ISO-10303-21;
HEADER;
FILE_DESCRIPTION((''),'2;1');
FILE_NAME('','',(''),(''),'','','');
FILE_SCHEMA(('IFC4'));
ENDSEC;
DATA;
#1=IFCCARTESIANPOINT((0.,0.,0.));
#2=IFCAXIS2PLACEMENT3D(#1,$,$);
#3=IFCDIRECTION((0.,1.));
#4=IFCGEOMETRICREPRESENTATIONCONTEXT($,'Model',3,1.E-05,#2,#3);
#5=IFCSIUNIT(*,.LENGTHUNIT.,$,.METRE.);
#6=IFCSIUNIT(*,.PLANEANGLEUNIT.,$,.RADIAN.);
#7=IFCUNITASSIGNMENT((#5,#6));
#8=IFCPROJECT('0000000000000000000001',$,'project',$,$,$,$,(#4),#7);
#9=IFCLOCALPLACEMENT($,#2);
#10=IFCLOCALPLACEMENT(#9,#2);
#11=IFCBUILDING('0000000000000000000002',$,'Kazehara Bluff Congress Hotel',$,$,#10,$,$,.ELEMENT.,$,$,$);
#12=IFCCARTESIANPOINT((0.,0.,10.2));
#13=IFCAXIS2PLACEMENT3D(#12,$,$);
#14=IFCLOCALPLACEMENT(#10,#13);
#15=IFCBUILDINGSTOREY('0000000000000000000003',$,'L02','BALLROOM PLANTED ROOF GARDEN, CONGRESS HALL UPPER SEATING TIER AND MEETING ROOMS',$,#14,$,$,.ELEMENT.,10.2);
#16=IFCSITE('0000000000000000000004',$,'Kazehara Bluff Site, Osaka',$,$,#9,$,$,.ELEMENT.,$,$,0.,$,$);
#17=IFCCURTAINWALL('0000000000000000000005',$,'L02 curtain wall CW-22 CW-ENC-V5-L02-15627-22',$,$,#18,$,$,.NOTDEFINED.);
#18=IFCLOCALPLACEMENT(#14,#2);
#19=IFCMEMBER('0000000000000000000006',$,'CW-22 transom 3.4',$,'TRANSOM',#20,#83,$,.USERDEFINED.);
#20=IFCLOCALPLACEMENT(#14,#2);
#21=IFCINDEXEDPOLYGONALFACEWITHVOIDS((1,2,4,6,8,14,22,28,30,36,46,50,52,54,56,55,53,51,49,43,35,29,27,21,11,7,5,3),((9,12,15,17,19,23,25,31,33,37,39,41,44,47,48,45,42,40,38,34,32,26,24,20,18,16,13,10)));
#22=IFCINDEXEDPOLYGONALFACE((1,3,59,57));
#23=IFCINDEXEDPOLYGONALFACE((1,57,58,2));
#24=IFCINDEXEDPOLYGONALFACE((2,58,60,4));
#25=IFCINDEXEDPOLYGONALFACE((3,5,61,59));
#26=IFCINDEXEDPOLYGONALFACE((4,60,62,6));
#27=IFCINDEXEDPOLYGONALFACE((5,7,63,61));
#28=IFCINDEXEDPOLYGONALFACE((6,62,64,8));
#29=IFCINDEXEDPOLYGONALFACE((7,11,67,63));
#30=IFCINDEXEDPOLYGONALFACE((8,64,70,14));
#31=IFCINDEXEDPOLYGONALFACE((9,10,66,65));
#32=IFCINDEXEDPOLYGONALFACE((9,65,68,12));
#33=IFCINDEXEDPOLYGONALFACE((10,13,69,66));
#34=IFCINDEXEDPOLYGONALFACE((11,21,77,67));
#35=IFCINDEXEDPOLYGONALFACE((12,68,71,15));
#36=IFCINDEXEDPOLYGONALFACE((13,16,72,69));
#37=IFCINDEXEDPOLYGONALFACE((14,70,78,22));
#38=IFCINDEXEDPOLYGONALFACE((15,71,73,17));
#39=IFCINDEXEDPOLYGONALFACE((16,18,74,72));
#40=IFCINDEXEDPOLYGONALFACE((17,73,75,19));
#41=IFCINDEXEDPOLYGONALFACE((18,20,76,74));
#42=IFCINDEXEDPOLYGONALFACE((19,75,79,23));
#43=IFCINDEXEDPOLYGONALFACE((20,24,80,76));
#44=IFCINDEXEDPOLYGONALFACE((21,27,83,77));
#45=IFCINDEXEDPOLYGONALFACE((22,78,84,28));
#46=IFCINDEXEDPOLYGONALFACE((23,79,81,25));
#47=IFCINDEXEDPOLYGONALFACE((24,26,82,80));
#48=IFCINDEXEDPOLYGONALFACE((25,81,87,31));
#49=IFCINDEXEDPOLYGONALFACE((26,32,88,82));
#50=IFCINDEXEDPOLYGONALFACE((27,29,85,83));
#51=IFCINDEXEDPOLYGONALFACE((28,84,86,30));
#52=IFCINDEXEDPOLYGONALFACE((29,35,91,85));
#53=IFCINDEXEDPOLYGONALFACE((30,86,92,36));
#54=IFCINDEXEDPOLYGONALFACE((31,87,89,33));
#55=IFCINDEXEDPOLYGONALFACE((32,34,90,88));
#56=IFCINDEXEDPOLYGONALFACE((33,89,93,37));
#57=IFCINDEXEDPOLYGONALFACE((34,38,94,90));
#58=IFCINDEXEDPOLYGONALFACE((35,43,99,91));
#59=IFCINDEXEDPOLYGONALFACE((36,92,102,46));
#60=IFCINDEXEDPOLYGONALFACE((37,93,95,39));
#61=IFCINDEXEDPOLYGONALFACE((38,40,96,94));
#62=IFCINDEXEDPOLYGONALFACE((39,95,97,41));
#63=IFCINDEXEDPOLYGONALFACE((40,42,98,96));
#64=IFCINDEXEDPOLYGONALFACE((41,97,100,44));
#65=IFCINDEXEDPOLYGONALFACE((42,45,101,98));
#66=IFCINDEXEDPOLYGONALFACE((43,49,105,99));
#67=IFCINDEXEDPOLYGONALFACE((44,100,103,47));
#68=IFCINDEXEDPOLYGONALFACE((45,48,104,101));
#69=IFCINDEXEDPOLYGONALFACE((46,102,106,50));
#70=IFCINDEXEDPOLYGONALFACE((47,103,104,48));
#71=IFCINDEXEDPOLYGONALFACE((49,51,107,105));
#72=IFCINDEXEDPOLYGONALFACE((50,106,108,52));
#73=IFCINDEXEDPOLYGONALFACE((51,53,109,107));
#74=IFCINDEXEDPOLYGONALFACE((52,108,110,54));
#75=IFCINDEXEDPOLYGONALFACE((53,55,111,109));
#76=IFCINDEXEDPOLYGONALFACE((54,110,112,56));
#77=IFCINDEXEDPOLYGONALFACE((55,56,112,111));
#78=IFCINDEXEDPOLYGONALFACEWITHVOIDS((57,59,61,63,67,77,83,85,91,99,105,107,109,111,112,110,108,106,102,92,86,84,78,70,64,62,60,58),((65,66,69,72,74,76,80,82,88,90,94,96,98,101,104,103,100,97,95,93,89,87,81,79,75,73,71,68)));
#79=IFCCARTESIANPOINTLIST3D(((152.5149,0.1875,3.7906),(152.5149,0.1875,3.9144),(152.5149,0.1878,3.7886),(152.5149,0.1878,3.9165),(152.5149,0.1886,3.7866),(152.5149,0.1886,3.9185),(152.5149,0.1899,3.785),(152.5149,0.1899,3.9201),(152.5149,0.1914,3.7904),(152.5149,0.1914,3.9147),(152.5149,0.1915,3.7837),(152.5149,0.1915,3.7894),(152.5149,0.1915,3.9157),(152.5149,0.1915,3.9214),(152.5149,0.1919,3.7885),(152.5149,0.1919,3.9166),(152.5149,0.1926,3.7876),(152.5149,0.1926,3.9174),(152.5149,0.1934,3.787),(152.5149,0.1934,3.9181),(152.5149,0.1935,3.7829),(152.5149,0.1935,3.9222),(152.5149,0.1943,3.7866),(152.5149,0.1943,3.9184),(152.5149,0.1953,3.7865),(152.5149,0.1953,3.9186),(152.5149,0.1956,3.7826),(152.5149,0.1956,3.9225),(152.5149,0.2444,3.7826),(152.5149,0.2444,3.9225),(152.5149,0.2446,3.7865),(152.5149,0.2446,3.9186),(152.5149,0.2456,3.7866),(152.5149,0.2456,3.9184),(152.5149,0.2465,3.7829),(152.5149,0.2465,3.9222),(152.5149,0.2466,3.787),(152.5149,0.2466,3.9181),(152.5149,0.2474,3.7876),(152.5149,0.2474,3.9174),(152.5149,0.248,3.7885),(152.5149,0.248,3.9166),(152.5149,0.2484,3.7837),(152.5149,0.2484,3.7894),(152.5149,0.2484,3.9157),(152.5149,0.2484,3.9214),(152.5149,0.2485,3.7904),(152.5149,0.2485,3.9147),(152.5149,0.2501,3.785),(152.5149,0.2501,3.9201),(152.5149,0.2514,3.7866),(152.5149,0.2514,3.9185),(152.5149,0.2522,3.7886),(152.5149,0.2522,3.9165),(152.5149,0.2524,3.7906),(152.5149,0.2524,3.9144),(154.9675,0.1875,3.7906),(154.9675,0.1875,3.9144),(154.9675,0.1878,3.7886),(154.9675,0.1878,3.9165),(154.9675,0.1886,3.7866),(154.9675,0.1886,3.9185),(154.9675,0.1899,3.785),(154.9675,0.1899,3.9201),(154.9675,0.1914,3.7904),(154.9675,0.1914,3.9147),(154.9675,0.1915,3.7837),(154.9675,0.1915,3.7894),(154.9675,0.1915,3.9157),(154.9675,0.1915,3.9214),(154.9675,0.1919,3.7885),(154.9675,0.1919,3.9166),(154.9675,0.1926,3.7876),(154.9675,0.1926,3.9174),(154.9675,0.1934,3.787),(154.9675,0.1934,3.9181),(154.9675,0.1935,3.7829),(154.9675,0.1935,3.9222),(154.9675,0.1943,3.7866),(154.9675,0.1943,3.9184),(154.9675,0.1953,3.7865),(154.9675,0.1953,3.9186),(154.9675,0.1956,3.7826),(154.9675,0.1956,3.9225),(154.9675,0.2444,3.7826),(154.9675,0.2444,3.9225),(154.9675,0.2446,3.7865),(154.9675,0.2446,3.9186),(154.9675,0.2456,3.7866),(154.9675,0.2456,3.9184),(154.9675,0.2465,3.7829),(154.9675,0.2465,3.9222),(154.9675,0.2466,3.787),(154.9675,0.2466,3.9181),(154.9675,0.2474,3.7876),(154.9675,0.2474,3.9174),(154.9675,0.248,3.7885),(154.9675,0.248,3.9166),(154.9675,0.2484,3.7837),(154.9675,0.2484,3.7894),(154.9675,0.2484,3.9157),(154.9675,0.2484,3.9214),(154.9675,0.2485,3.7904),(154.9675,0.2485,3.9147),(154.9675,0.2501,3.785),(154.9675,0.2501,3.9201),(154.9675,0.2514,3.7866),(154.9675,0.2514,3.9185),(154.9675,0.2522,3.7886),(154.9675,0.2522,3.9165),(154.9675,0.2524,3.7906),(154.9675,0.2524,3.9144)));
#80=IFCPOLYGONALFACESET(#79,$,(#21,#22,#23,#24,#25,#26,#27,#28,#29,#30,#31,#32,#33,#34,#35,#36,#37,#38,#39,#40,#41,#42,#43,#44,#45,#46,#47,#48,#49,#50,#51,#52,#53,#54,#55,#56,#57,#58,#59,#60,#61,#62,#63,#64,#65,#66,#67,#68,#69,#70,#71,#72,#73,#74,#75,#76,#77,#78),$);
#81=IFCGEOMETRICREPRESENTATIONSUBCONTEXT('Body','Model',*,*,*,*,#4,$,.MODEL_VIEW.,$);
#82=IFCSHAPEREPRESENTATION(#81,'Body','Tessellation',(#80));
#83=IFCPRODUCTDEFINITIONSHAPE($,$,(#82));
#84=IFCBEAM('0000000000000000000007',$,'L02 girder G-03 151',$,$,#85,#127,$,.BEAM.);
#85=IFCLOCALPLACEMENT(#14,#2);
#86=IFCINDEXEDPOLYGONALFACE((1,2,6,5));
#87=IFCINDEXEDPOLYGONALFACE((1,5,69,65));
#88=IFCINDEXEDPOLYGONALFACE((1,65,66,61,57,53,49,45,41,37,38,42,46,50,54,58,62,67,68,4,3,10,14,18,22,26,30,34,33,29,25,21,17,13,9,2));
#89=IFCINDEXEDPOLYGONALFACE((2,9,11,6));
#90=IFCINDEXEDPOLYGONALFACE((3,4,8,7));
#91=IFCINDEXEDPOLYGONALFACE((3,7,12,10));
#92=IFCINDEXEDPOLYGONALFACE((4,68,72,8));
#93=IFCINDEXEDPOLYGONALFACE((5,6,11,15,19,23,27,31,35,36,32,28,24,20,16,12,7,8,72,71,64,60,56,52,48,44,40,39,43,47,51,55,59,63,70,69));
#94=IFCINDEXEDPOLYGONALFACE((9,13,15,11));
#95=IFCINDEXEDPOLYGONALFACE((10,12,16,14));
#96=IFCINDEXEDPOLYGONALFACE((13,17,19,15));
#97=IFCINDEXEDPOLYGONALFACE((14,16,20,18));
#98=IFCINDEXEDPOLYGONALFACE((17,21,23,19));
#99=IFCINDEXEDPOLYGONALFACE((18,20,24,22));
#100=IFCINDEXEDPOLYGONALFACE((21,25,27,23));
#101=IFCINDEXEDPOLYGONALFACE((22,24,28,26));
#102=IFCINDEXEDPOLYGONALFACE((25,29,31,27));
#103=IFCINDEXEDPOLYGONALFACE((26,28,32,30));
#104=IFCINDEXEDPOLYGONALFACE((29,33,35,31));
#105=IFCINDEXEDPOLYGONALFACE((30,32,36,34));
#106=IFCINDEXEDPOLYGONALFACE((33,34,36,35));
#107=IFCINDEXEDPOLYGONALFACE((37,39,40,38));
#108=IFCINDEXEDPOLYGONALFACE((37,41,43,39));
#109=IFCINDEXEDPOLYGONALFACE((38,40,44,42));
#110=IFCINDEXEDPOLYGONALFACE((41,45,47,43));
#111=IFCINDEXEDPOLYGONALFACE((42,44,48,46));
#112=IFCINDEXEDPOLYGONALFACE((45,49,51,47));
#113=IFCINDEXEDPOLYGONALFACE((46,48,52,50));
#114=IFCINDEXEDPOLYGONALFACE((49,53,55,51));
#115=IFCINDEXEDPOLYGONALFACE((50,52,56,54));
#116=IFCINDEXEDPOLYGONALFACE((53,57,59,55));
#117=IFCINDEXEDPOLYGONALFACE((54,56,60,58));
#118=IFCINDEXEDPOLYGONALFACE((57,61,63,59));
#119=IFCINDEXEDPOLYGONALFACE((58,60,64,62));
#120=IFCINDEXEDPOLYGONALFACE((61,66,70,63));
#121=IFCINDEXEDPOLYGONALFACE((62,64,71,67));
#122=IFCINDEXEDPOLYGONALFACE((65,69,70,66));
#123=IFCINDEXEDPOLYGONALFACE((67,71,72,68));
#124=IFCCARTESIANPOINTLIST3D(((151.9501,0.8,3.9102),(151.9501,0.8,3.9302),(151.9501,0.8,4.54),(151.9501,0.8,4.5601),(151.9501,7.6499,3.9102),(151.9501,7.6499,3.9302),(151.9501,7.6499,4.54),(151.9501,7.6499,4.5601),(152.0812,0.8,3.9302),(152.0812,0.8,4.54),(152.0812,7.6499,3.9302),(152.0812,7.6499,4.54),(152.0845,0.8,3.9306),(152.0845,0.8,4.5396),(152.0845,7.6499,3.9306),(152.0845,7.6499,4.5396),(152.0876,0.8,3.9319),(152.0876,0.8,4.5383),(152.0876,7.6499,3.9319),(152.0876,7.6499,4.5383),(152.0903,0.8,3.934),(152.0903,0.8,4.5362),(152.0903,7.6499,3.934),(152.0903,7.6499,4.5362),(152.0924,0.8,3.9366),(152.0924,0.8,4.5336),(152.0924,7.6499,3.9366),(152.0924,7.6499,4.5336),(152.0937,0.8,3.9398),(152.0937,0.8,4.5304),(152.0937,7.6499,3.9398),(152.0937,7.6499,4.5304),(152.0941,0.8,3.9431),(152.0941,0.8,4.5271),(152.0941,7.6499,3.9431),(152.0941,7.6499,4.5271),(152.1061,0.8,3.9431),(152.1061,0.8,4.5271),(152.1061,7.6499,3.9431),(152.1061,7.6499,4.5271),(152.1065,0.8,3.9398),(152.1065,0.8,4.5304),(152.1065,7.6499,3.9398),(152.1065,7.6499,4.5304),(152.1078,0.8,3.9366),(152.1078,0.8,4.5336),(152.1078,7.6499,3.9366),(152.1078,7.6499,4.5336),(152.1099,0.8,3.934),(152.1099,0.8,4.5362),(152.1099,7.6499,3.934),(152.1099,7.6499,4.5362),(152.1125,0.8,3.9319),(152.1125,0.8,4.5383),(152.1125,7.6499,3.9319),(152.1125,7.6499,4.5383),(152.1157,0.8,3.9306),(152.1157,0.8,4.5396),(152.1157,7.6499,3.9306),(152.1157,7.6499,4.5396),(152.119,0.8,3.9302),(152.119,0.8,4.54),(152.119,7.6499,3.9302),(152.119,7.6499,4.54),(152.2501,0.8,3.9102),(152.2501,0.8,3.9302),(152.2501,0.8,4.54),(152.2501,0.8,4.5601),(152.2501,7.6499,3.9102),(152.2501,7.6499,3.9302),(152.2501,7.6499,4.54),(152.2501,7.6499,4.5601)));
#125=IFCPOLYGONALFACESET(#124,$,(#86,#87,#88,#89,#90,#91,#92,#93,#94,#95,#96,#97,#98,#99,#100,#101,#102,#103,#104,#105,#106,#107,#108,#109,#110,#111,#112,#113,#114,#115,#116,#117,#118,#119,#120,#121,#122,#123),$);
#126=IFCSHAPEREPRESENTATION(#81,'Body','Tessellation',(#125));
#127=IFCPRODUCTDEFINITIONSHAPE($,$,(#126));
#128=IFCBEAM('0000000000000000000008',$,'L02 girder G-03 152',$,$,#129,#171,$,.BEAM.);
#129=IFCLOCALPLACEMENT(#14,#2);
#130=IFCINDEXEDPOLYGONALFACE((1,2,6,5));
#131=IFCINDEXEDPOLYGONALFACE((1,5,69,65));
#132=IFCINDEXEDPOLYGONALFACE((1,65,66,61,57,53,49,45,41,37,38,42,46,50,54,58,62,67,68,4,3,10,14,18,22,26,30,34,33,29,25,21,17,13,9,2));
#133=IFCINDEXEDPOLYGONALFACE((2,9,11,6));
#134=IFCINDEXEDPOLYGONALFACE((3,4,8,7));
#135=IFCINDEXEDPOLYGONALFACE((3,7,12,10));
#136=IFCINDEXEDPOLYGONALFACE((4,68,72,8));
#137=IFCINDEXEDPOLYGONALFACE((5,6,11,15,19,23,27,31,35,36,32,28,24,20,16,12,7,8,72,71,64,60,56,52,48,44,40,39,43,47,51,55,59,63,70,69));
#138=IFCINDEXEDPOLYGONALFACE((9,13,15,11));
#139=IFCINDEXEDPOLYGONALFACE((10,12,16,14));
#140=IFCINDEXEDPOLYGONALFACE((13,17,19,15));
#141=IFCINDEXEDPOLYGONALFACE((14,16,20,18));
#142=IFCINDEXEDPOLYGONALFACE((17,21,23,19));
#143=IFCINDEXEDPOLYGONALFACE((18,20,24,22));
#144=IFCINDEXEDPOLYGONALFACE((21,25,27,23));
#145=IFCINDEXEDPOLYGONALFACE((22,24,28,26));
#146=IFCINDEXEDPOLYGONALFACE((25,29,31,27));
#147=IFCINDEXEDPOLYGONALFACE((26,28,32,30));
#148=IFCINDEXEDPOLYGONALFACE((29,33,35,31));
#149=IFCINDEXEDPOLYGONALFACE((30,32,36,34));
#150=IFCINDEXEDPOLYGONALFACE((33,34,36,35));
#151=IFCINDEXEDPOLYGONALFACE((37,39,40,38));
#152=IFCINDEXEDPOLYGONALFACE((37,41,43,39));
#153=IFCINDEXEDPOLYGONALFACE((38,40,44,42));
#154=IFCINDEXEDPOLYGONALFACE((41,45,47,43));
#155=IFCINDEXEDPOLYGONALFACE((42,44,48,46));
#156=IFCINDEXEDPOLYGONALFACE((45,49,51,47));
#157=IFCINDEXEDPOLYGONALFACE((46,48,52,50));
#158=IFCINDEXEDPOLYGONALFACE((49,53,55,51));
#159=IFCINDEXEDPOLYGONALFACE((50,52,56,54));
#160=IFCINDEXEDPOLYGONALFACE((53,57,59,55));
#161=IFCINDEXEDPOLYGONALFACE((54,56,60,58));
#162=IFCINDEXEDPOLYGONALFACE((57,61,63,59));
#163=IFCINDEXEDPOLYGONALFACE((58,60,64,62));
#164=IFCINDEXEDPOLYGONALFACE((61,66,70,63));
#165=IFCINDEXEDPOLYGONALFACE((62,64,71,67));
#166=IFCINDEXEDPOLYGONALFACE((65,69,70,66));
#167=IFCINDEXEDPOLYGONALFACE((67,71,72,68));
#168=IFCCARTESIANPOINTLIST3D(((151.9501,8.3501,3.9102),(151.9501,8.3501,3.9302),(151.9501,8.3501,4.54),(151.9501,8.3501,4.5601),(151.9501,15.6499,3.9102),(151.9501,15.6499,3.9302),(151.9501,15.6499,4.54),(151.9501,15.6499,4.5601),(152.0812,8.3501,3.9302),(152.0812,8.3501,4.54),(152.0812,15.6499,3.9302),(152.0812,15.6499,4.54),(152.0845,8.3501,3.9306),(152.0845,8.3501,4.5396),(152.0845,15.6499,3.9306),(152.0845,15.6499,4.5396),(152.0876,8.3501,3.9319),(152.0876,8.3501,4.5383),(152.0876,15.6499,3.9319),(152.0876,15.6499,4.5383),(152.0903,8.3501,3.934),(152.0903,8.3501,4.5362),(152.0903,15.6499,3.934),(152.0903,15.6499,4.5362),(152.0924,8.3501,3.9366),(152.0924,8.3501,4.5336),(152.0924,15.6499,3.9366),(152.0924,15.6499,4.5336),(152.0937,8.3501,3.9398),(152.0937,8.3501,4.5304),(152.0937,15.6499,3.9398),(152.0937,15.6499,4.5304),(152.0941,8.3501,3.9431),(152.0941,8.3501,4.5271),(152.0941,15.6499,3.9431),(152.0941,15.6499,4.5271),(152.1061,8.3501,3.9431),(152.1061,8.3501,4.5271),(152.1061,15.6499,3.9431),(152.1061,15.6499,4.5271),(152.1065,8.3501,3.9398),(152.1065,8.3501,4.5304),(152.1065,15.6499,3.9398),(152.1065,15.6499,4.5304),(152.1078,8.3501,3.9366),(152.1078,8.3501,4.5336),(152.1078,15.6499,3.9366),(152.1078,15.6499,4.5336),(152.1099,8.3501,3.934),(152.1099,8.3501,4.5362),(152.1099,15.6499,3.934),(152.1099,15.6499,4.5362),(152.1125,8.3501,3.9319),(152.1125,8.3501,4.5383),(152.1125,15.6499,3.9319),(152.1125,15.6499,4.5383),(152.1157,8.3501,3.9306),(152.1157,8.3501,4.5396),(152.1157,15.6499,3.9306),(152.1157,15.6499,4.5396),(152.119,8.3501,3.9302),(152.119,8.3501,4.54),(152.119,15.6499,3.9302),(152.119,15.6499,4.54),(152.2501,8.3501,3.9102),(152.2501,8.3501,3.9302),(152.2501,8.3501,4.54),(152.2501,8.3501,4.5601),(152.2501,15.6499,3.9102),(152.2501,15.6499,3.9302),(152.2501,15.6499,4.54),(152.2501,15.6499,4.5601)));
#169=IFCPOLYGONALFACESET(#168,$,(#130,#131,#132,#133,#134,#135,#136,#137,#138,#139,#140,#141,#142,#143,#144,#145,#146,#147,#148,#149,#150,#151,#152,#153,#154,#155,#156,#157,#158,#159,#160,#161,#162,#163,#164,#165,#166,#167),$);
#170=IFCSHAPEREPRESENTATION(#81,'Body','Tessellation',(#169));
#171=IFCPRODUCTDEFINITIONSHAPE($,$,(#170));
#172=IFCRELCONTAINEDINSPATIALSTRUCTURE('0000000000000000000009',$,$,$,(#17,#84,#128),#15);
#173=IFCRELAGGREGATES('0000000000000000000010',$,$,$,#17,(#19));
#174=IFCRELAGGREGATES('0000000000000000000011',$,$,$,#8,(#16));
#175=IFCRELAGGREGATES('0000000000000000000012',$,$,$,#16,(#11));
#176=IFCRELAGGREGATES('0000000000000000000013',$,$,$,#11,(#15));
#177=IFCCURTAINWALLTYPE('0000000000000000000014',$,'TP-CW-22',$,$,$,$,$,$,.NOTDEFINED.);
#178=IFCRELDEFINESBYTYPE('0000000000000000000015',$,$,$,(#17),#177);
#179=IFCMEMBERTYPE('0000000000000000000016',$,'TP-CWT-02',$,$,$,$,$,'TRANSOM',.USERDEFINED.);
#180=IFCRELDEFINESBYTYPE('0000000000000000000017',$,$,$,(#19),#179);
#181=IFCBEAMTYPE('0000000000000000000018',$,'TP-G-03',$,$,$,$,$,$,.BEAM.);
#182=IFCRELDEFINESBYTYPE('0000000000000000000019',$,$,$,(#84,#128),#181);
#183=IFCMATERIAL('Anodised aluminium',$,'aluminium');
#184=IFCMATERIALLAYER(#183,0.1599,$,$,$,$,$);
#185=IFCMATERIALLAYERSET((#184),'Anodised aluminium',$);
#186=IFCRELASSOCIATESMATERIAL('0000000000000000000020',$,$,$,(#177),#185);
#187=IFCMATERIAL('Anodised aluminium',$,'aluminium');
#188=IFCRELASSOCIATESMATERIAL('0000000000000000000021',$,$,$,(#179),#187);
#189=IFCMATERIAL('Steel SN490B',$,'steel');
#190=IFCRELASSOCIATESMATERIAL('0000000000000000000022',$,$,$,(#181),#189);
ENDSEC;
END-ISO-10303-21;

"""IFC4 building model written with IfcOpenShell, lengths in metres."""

from ifc_helpers import new_model, si_unit, direction, frame, origin, origin_2d, place, context, subcontext, project, spatial, hollow_rectangle, i_section, extrude, material, layer, layer_set, material_profile, profile_set, type_object, element, aggregate, save


model = new_model("IFC4")

# Units and contexts
model_context = context("Model", 3, precision=1e-05, world=origin(), true_north=direction((0.0, 1.0)))
body_context = subcontext(model_context, "Body", "Model", "MODEL_VIEW")
ifc_project = project(units=[si_unit("LENGTHUNIT", "METRE"), si_unit("PLANEANGLEUNIT", "RADIAN")], contexts=[model_context])

# Site, building, storey
site_placement = place(None, origin())
site = spatial("IfcSite", under=ifc_project, at=site_placement, Name="Kazehara Bluff Site, Osaka", CompositionType="ELEMENT", RefElevation=0.0)
building_placement = place(site_placement, origin())
building = spatial("IfcBuilding", under=site, at=building_placement, Name="Kazehara Bluff Congress Hotel", CompositionType="ELEMENT")
storey_placement = place(building_placement, frame((0.0, 0.0, 10.2)))
storey = spatial("IfcBuildingStorey", under=building, at=storey_placement, Name="L02", Description="BALLROOM PLANTED ROOF GARDEN, CONGRESS HALL UPPER SEATING TIER AND MEETING ROOMS", CompositionType="ELEMENT", Elevation=10.2)

# Shared definitions
ifc_material_1 = material(Name="Anodised aluminium", Category="aluminium")
ifc_layer_1 = layer(ifc_material_1, 0.1599)
ifc_layer_set_1 = layer_set([ifc_layer_1], Name="Anodised aluminium")
curtain_wall_type = type_object("IfcCurtainWallType", Name="TP-CW-22", PredefinedType="NOTDEFINED", material=ifc_layer_set_1)

# Curtain wall
curtain_wall_1_placement = place(storey_placement, origin())
curtain_wall_1 = element("IfcCurtainWall", 1, at=curtain_wall_1_placement, inside=storey, type_object=curtain_wall_type, Name="L02 curtain wall CW-22 CW-ENC-V5-L02-15627-22", PredefinedType="NOTDEFINED")

# Member
ifc_material_2 = material(Name="Anodised aluminium", Category="aluminium")
ifc_material_profile_1 = material_profile(ifc_material_2, hollow_rectangle(XDim=0.0649, YDim=0.1399, WallThickness=0.0039, InnerFilletRadius=0.0039, OuterFilletRadius=0.0081, at=origin_2d()))
ifc_profile_set_1 = profile_set([ifc_material_profile_1], Name="Anodised aluminium")
member_type_1 = type_object("IfcMemberType", Name="TP-CWT-02", ElementType="TRANSOM", PredefinedType="USERDEFINED", material=ifc_profile_set_1)
member_1_placement = place(storey_placement, frame((154.9675, 0.22, 3.8525), z_axis=(-1.0, 0.0, 0.0), x_axis=(0.0, -1.0, 0.0)))
member_1 = element("IfcMember", 2, at=member_1_placement, type_object=member_type_1, Name="CW-22 transom 3.4", ObjectType="TRANSOM", PredefinedType="USERDEFINED", context=body_context, shape_type="SweptSolid", body=[
    extrude(hollow_rectangle(XDim=0.0649, YDim=0.1399, WallThickness=0.0039, InnerFilletRadius=0.0039, OuterFilletRadius=0.0081, at=origin_2d()), origin(), (0.0, 0.0, 1.0), 2.4526),
])

# Beams
ifc_material_3 = material(Name="Steel SN490B", Category="steel")
ifc_material_profile_2 = material_profile(ifc_material_3, i_section(OverallWidth=0.3, OverallDepth=0.6499, WebThickness=0.012, FlangeThickness=0.02, FilletRadius=0.0129, at=origin_2d()))
ifc_profile_set_2 = profile_set([ifc_material_profile_2], Name="Steel SN490B")
beam_type_1 = type_object("IfcBeamType", Name="TP-G-03", PredefinedType="BEAM", material=ifc_profile_set_2)
beam_1_placement = place(storey_placement, frame((152.1001, 0.8, 4.2351), z_axis=(0.0, 1.0, 0.0), x_axis=(-1.0, 0.0, 0.0)))
element("IfcBeam", 3, at=beam_1_placement, inside=storey, type_object=beam_type_1, Name="L02 girder G-03 151", PredefinedType="BEAM", context=body_context, shape_type="SweptSolid", body=[
    extrude(i_section(OverallWidth=0.3, OverallDepth=0.6499, WebThickness=0.012, FlangeThickness=0.02, FilletRadius=0.0129, at=origin_2d()), origin(), (0.0, 0.0, 1.0), 6.8499),
])
beam_2_placement = place(storey_placement, frame((152.1001, 8.3501, 4.2351), z_axis=(0.0, 1.0, 0.0), x_axis=(-1.0, 0.0, 0.0)))
element("IfcBeam", 4, at=beam_2_placement, inside=storey, type_object=beam_type_1, Name="L02 girder G-03 152", PredefinedType="BEAM", context=body_context, shape_type="SweptSolid", body=[
    extrude(i_section(OverallWidth=0.3, OverallDepth=0.6499, WebThickness=0.012, FlangeThickness=0.02, FilletRadius=0.0129, at=origin_2d()), origin(), (0.0, 0.0, 1.0), 7.2998),
])

aggregate(curtain_wall_1, [member_1])

save(model, "model.ifc")
